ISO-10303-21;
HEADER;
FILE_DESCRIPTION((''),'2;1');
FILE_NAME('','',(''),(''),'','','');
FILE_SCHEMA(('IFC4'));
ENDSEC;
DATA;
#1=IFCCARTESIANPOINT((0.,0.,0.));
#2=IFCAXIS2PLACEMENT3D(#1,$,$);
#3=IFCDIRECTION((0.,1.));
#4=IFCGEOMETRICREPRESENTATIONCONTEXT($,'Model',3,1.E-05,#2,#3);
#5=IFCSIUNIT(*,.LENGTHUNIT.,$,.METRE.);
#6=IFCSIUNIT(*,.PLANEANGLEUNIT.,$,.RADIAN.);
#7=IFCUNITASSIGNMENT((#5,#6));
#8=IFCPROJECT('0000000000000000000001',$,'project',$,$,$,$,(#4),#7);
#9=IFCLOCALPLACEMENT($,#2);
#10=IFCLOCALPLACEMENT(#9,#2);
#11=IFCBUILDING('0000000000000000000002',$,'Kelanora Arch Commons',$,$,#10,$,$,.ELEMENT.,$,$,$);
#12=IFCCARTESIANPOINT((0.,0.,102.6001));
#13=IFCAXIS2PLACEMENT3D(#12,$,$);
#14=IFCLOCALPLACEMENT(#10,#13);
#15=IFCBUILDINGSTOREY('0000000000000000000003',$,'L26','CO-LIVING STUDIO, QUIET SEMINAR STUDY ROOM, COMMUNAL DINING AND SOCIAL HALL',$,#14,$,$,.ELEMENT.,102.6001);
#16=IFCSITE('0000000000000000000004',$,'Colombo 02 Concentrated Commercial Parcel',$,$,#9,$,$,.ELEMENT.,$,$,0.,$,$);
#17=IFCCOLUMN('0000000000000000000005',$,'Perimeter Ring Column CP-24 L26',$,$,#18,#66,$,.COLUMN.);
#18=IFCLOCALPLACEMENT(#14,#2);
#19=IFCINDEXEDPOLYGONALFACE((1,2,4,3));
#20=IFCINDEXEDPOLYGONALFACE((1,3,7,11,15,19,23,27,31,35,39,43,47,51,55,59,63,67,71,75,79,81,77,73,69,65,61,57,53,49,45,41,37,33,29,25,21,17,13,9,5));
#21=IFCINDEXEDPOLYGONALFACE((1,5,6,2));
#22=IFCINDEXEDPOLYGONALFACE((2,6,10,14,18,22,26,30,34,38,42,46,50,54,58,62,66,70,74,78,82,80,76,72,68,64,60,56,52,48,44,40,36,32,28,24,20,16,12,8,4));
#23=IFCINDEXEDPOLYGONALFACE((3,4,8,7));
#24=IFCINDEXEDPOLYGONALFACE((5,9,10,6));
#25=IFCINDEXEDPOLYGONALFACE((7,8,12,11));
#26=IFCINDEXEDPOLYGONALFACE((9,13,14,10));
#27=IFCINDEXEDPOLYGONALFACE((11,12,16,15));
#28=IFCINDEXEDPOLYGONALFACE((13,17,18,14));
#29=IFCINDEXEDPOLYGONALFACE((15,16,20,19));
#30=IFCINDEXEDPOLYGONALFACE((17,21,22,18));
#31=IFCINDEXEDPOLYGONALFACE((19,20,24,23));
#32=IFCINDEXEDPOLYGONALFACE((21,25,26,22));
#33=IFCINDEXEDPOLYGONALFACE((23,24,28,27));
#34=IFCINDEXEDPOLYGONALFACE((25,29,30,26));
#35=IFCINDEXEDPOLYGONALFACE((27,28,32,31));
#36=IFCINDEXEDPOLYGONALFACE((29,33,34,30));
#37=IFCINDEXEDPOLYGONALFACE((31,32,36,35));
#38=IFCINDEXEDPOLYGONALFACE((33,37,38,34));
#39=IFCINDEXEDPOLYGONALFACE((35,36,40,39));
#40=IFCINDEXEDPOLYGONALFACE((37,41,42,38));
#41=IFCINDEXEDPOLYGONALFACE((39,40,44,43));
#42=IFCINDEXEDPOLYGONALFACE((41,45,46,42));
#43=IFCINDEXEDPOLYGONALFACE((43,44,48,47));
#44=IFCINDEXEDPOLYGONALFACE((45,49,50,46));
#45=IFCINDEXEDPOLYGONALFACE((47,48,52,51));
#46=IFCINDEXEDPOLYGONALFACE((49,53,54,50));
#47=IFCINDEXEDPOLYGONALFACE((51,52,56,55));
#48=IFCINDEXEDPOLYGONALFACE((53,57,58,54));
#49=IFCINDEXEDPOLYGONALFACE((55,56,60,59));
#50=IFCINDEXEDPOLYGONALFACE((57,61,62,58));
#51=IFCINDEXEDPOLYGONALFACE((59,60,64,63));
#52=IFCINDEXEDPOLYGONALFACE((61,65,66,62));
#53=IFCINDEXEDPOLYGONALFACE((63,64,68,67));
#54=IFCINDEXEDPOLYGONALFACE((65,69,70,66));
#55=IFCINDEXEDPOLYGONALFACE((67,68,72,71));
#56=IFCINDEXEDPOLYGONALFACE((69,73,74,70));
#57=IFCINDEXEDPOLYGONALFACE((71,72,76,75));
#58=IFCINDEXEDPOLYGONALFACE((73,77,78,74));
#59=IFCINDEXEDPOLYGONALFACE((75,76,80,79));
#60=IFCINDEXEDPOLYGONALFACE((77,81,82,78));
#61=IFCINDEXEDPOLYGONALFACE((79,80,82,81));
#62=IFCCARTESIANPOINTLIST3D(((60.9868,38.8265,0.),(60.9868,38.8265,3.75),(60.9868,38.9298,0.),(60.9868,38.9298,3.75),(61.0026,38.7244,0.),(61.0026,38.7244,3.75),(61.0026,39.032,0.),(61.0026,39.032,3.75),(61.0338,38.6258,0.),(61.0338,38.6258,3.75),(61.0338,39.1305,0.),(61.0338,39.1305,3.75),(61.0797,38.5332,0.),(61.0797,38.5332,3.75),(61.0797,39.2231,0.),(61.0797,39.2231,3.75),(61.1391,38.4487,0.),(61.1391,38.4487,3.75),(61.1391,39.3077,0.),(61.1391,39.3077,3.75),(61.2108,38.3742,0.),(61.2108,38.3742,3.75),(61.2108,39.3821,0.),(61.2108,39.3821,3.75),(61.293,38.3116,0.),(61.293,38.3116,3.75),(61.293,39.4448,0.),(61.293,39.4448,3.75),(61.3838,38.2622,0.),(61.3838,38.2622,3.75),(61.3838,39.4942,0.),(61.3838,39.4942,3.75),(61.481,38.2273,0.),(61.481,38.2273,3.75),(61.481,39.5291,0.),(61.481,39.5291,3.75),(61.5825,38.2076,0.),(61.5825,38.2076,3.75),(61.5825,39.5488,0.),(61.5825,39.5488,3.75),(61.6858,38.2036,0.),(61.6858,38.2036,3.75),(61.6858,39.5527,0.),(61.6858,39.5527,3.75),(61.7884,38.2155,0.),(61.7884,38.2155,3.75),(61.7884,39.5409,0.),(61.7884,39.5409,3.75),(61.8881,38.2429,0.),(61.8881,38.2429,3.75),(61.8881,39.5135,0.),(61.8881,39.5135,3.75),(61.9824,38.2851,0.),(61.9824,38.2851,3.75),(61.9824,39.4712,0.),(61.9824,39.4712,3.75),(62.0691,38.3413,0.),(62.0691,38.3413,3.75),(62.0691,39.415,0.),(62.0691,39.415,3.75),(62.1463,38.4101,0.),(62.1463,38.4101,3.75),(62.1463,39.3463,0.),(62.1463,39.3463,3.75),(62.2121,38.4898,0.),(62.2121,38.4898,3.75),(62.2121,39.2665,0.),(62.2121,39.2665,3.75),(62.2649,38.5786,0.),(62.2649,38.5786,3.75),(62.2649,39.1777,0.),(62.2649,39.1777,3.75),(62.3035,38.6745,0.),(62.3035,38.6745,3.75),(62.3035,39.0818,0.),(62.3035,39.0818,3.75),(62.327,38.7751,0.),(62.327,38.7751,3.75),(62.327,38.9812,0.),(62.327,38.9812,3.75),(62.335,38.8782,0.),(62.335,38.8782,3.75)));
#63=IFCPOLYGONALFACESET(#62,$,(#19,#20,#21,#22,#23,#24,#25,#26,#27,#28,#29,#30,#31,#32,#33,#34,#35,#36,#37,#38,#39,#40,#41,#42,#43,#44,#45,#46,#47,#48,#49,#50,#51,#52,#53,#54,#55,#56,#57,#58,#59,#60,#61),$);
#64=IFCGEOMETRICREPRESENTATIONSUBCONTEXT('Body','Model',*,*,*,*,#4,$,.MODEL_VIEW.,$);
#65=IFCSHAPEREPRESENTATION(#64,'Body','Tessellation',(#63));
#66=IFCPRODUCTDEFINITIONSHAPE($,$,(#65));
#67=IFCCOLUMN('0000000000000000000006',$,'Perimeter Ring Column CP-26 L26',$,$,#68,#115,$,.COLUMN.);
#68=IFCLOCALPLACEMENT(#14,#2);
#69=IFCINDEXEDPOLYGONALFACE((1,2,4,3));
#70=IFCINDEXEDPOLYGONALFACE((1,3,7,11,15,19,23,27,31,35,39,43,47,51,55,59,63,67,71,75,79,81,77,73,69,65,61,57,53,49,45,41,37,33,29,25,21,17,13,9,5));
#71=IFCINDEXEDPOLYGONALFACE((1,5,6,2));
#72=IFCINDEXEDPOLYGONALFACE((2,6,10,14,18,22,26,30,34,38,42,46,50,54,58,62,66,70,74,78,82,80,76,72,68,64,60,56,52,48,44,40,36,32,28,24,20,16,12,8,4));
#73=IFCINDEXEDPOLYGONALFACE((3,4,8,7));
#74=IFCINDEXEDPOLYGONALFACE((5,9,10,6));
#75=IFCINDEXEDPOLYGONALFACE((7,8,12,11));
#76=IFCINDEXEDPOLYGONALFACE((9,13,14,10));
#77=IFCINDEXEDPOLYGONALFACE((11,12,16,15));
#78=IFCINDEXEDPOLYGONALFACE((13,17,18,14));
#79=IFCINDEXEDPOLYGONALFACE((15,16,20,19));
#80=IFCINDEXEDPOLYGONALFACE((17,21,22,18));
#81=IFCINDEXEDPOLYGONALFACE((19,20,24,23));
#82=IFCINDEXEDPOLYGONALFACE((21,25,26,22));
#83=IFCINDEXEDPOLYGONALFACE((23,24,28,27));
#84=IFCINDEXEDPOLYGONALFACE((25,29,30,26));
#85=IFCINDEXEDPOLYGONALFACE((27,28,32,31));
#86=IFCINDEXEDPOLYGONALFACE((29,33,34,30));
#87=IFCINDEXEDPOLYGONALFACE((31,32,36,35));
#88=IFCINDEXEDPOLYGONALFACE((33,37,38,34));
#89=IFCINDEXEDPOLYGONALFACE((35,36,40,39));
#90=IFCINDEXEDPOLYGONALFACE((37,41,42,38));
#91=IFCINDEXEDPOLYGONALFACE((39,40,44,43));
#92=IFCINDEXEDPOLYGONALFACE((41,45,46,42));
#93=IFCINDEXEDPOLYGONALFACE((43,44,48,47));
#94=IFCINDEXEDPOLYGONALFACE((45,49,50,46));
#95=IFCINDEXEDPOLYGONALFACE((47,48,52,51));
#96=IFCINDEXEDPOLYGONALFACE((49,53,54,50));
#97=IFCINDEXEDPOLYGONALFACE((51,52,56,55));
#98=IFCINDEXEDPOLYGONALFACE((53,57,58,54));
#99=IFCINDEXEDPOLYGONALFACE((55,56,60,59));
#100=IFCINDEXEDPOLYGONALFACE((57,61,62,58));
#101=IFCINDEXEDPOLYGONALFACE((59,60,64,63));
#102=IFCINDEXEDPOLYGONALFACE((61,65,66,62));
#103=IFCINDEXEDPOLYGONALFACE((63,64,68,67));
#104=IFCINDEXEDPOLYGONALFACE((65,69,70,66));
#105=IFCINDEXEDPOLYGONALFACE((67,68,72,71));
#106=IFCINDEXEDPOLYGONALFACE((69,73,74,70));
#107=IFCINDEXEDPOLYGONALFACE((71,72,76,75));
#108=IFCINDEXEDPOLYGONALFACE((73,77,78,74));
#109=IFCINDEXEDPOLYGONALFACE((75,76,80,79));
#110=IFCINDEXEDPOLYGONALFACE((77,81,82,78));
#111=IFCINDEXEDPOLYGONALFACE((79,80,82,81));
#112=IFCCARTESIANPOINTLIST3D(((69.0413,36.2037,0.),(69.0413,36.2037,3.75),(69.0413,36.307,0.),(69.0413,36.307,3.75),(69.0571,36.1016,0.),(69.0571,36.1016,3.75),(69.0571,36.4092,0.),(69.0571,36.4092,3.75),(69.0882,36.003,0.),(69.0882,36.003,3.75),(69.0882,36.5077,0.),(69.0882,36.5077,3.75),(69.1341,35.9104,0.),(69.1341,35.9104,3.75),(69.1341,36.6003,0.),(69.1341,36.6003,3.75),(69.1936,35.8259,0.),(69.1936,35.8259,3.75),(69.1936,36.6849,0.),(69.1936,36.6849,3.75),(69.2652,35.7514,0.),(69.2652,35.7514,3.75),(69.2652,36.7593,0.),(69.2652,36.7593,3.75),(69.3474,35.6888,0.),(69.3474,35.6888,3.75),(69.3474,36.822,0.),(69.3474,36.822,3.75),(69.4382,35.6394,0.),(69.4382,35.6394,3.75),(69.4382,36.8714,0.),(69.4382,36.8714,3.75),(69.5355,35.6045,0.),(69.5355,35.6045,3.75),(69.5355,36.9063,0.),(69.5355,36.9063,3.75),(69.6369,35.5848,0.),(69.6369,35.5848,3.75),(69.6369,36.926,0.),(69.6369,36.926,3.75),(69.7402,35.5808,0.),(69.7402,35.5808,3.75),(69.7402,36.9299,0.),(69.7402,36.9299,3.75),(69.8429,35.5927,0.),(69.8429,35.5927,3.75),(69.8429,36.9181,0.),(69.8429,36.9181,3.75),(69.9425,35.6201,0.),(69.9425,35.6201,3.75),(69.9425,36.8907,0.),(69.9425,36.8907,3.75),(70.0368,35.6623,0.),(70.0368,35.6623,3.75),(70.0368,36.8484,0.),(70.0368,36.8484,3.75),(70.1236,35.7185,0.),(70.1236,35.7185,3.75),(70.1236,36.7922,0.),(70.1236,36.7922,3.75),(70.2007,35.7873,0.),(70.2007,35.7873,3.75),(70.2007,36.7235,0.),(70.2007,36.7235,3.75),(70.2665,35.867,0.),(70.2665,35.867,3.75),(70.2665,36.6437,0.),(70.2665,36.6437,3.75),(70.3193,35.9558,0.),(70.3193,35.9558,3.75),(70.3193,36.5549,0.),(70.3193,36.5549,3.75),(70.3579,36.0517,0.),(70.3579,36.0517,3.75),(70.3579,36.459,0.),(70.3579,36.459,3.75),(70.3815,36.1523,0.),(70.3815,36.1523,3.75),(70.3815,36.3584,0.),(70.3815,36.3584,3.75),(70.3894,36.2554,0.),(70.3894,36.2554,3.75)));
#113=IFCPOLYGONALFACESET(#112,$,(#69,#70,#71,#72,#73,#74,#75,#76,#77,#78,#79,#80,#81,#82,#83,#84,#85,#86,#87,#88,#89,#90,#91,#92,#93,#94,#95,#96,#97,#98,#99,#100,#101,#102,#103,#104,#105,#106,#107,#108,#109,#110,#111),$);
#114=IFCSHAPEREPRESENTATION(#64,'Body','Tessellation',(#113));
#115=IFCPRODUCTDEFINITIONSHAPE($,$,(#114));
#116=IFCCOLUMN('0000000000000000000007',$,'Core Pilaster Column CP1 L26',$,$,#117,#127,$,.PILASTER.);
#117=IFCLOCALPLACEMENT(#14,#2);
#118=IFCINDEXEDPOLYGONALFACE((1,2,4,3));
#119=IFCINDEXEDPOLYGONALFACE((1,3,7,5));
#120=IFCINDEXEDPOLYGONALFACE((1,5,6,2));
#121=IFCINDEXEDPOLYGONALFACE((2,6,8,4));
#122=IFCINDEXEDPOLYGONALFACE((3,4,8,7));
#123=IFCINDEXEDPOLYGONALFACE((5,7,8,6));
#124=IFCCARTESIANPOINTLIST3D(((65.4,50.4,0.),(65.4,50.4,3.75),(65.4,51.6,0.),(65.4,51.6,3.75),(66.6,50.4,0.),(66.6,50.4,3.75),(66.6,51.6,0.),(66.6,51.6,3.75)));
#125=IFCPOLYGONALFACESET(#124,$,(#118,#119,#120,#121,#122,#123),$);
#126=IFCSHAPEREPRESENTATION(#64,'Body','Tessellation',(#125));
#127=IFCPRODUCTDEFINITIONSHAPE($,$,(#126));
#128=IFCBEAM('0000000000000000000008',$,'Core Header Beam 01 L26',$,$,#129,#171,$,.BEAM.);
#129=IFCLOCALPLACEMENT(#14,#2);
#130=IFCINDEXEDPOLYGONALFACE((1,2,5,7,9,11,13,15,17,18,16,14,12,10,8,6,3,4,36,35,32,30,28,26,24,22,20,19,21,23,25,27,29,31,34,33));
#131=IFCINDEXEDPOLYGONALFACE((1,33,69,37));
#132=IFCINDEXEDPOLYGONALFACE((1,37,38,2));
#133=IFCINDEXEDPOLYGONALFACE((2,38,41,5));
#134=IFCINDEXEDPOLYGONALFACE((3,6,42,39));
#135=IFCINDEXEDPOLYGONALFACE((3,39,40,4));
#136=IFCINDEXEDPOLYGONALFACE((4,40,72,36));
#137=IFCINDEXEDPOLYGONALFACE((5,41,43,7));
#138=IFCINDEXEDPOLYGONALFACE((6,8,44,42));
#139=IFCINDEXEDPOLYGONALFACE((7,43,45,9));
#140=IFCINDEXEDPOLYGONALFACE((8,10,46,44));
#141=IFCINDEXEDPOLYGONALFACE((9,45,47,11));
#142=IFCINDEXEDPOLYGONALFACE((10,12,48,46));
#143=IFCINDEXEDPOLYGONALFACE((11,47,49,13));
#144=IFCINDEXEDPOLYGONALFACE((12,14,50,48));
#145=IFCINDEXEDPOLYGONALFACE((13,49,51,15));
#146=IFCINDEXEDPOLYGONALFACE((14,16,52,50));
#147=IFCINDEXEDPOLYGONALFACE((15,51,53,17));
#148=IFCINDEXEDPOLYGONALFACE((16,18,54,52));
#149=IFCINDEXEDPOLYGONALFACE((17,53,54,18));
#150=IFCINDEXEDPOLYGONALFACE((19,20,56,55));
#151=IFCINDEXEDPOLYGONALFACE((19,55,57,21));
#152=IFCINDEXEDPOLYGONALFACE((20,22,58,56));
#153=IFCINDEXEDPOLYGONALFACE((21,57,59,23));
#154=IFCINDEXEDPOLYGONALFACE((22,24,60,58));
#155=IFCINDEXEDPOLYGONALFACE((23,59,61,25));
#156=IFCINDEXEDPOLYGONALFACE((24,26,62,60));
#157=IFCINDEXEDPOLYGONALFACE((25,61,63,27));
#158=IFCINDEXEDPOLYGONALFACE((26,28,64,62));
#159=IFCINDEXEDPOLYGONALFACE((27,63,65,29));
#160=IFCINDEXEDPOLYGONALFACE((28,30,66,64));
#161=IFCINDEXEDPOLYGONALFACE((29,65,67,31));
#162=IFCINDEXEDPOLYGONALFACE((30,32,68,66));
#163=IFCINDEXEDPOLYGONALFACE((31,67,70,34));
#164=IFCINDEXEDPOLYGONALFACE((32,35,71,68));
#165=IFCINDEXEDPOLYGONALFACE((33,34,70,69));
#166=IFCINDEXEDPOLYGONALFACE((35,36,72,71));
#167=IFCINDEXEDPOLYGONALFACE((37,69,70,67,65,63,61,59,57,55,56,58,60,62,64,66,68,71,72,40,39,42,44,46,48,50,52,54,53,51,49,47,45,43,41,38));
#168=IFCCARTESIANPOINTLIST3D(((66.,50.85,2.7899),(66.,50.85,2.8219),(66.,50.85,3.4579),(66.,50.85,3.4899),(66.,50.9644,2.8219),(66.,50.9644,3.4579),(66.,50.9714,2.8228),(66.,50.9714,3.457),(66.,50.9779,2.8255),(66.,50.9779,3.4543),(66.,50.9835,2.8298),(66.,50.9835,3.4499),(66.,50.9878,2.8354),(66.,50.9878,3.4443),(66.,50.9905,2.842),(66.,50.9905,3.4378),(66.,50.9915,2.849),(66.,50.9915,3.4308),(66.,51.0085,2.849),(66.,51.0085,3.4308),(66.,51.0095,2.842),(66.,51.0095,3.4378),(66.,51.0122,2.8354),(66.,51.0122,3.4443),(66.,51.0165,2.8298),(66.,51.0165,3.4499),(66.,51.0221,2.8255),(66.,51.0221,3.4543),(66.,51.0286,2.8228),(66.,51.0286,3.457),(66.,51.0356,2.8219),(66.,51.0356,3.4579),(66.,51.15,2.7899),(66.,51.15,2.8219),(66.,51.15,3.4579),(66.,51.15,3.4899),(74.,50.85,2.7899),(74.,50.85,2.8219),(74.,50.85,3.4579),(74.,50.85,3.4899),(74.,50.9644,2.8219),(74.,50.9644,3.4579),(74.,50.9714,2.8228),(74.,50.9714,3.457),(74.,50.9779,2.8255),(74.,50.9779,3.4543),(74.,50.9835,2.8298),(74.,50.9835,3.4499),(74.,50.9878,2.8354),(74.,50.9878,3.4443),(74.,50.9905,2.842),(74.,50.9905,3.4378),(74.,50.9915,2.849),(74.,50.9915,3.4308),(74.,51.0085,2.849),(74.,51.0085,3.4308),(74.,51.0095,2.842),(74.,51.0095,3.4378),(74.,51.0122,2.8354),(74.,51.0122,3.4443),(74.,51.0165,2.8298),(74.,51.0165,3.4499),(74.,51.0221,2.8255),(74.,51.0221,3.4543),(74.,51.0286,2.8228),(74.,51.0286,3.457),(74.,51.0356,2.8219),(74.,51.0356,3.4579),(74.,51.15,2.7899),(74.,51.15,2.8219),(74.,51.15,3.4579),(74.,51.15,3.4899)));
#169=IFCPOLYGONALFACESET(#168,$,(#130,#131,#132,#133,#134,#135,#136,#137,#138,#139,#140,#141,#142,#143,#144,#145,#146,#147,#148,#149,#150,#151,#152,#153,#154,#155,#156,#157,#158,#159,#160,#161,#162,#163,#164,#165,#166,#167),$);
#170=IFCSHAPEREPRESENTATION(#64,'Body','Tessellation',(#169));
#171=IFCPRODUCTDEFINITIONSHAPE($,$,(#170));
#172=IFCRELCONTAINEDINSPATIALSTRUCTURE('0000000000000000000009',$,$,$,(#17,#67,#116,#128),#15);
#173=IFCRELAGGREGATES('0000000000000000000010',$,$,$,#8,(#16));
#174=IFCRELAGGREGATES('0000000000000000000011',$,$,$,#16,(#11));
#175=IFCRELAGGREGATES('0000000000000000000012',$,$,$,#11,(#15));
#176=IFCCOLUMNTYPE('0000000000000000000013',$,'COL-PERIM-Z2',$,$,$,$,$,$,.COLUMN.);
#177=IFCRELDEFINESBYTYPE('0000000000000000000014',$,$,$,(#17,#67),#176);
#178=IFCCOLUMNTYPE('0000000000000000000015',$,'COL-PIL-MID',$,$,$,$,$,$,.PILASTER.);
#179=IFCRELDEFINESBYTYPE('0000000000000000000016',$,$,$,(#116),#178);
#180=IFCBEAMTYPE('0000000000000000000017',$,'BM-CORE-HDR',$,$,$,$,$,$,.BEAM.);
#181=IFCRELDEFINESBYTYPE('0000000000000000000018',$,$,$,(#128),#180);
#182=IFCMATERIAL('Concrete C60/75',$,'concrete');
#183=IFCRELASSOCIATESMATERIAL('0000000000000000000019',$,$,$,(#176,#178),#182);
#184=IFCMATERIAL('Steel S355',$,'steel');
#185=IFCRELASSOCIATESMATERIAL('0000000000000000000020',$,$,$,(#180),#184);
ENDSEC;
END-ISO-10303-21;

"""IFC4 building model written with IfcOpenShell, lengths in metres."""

from ifc_helpers import new_model, si_unit, direction, frame, origin, origin_2d, place, context, subcontext, project, spatial, rectangle, circle, i_section, extrude, material, material_profile, profile_set, type_object, element, save


model = new_model("IFC4")

# Units and contexts
model_context = context("Model", 3, precision=1e-05, world=origin(), true_north=direction((0.0, 1.0)))
body_context = subcontext(model_context, "Body", "Model", "MODEL_VIEW")
ifc_project = project(units=[si_unit("LENGTHUNIT", "METRE"), si_unit("PLANEANGLEUNIT", "RADIAN")], contexts=[model_context])

# Site, building, storey
site_placement = place(None, origin())
site = spatial("IfcSite", under=ifc_project, at=site_placement, Name="Colombo 02 Concentrated Commercial Parcel", CompositionType="ELEMENT", RefElevation=0.0)
building_placement = place(site_placement, origin())
building = spatial("IfcBuilding", under=site, at=building_placement, Name="Kelanora Arch Commons", CompositionType="ELEMENT")
storey_placement = place(building_placement, frame((0.0, 0.0, 102.6001)))
storey = spatial("IfcBuildingStorey", under=building, at=storey_placement, Name="L26", Description="CO-LIVING STUDIO, QUIET SEMINAR STUDY ROOM, COMMUNAL DINING AND SOCIAL HALL", CompositionType="ELEMENT", Elevation=102.6001)

# Columns
ifc_material_1 = material(Name="Concrete C60/75", Category="concrete")
ifc_material_profile_1 = material_profile(ifc_material_1, circle(Radius=0.675, at=origin_2d()), Name="RCC1350")
ifc_profile_set_1 = profile_set([ifc_material_profile_1], Name="Concrete C60/75")
column_type_1 = type_object("IfcColumnType", Name="COL-PERIM-Z2", PredefinedType="COLUMN", material=ifc_profile_set_1)
for number, where, z_axis, x_axis, name in (
    (1, (61.6599, 38.8782, 0.0), (0.0, 0.0, 1.0), (1.0, 0.0, 0.0), "Perimeter Ring Column CP-24 L26"),
    (2, (69.7144, 36.2554, 0.0), (0.0, 0.0, 1.0), (1.0, 0.0, 0.0), "Perimeter Ring Column CP-26 L26"),
):
    element("IfcColumn", number, at=place(storey_placement, frame(where, z_axis=z_axis, x_axis=x_axis)), inside=storey, type_object=column_type_1, Name=name, PredefinedType="COLUMN", context=body_context, shape_type="SweptSolid", body=[
        extrude(circle(Radius=0.675, at=origin_2d()), origin(), (0.0, 0.0, 1.0), 3.75),
    ])
ifc_material_profile_2 = material_profile(ifc_material_1, rectangle(XDim=1.2, YDim=1.2, at=origin_2d()), Name="RC1200x1200")
ifc_profile_set_2 = profile_set([ifc_material_profile_2], Name="Concrete C60/75")
column_type_2 = type_object("IfcColumnType", Name="COL-PIL-MID", PredefinedType="PILASTER", material=ifc_profile_set_2)
column_placement = place(storey_placement, frame((66.0, 51.0, 0.0), z_axis=(0.0, 0.0, 1.0), x_axis=(1.0, 0.0, 0.0)))
element("IfcColumn", 3, at=column_placement, inside=storey, type_object=column_type_2, Name="Core Pilaster Column CP1 L26", PredefinedType="PILASTER", context=body_context, shape_type="SweptSolid", body=[
    extrude(rectangle(XDim=1.2, YDim=1.2, at=origin_2d()), origin(), (0.0, 0.0, 1.0), 3.75),
])

# Beam
ifc_material_2 = material(Name="Steel S355", Category="steel")
ifc_material_profile_3 = material_profile(ifc_material_2, i_section(OverallWidth=0.3, OverallDepth=0.7, WebThickness=0.0171, FlangeThickness=0.032, FilletRadius=0.0271, at=origin_2d()), Name="HEB700")
ifc_profile_set_3 = profile_set([ifc_material_profile_3], Name="Steel S355")
beam_type_1 = type_object("IfcBeamType", Name="BM-CORE-HDR", PredefinedType="BEAM", material=ifc_profile_set_3)
beam_1_placement = place(storey_placement, frame((66.0, 51.0, 3.1399), z_axis=(1.0, 0.0, 0.0), x_axis=(0.0, 1.0, 0.0)))
element("IfcBeam", 4, at=beam_1_placement, inside=storey, type_object=beam_type_1, Name="Core Header Beam 01 L26", PredefinedType="BEAM", context=body_context, shape_type="SweptSolid", body=[
    extrude(i_section(OverallWidth=0.3, OverallDepth=0.7, WebThickness=0.0171, FlangeThickness=0.032, FilletRadius=0.0271, at=origin_2d()), origin(), (0.0, 0.0, 1.0), 8.0),
])

save(model, "model.ifc")
